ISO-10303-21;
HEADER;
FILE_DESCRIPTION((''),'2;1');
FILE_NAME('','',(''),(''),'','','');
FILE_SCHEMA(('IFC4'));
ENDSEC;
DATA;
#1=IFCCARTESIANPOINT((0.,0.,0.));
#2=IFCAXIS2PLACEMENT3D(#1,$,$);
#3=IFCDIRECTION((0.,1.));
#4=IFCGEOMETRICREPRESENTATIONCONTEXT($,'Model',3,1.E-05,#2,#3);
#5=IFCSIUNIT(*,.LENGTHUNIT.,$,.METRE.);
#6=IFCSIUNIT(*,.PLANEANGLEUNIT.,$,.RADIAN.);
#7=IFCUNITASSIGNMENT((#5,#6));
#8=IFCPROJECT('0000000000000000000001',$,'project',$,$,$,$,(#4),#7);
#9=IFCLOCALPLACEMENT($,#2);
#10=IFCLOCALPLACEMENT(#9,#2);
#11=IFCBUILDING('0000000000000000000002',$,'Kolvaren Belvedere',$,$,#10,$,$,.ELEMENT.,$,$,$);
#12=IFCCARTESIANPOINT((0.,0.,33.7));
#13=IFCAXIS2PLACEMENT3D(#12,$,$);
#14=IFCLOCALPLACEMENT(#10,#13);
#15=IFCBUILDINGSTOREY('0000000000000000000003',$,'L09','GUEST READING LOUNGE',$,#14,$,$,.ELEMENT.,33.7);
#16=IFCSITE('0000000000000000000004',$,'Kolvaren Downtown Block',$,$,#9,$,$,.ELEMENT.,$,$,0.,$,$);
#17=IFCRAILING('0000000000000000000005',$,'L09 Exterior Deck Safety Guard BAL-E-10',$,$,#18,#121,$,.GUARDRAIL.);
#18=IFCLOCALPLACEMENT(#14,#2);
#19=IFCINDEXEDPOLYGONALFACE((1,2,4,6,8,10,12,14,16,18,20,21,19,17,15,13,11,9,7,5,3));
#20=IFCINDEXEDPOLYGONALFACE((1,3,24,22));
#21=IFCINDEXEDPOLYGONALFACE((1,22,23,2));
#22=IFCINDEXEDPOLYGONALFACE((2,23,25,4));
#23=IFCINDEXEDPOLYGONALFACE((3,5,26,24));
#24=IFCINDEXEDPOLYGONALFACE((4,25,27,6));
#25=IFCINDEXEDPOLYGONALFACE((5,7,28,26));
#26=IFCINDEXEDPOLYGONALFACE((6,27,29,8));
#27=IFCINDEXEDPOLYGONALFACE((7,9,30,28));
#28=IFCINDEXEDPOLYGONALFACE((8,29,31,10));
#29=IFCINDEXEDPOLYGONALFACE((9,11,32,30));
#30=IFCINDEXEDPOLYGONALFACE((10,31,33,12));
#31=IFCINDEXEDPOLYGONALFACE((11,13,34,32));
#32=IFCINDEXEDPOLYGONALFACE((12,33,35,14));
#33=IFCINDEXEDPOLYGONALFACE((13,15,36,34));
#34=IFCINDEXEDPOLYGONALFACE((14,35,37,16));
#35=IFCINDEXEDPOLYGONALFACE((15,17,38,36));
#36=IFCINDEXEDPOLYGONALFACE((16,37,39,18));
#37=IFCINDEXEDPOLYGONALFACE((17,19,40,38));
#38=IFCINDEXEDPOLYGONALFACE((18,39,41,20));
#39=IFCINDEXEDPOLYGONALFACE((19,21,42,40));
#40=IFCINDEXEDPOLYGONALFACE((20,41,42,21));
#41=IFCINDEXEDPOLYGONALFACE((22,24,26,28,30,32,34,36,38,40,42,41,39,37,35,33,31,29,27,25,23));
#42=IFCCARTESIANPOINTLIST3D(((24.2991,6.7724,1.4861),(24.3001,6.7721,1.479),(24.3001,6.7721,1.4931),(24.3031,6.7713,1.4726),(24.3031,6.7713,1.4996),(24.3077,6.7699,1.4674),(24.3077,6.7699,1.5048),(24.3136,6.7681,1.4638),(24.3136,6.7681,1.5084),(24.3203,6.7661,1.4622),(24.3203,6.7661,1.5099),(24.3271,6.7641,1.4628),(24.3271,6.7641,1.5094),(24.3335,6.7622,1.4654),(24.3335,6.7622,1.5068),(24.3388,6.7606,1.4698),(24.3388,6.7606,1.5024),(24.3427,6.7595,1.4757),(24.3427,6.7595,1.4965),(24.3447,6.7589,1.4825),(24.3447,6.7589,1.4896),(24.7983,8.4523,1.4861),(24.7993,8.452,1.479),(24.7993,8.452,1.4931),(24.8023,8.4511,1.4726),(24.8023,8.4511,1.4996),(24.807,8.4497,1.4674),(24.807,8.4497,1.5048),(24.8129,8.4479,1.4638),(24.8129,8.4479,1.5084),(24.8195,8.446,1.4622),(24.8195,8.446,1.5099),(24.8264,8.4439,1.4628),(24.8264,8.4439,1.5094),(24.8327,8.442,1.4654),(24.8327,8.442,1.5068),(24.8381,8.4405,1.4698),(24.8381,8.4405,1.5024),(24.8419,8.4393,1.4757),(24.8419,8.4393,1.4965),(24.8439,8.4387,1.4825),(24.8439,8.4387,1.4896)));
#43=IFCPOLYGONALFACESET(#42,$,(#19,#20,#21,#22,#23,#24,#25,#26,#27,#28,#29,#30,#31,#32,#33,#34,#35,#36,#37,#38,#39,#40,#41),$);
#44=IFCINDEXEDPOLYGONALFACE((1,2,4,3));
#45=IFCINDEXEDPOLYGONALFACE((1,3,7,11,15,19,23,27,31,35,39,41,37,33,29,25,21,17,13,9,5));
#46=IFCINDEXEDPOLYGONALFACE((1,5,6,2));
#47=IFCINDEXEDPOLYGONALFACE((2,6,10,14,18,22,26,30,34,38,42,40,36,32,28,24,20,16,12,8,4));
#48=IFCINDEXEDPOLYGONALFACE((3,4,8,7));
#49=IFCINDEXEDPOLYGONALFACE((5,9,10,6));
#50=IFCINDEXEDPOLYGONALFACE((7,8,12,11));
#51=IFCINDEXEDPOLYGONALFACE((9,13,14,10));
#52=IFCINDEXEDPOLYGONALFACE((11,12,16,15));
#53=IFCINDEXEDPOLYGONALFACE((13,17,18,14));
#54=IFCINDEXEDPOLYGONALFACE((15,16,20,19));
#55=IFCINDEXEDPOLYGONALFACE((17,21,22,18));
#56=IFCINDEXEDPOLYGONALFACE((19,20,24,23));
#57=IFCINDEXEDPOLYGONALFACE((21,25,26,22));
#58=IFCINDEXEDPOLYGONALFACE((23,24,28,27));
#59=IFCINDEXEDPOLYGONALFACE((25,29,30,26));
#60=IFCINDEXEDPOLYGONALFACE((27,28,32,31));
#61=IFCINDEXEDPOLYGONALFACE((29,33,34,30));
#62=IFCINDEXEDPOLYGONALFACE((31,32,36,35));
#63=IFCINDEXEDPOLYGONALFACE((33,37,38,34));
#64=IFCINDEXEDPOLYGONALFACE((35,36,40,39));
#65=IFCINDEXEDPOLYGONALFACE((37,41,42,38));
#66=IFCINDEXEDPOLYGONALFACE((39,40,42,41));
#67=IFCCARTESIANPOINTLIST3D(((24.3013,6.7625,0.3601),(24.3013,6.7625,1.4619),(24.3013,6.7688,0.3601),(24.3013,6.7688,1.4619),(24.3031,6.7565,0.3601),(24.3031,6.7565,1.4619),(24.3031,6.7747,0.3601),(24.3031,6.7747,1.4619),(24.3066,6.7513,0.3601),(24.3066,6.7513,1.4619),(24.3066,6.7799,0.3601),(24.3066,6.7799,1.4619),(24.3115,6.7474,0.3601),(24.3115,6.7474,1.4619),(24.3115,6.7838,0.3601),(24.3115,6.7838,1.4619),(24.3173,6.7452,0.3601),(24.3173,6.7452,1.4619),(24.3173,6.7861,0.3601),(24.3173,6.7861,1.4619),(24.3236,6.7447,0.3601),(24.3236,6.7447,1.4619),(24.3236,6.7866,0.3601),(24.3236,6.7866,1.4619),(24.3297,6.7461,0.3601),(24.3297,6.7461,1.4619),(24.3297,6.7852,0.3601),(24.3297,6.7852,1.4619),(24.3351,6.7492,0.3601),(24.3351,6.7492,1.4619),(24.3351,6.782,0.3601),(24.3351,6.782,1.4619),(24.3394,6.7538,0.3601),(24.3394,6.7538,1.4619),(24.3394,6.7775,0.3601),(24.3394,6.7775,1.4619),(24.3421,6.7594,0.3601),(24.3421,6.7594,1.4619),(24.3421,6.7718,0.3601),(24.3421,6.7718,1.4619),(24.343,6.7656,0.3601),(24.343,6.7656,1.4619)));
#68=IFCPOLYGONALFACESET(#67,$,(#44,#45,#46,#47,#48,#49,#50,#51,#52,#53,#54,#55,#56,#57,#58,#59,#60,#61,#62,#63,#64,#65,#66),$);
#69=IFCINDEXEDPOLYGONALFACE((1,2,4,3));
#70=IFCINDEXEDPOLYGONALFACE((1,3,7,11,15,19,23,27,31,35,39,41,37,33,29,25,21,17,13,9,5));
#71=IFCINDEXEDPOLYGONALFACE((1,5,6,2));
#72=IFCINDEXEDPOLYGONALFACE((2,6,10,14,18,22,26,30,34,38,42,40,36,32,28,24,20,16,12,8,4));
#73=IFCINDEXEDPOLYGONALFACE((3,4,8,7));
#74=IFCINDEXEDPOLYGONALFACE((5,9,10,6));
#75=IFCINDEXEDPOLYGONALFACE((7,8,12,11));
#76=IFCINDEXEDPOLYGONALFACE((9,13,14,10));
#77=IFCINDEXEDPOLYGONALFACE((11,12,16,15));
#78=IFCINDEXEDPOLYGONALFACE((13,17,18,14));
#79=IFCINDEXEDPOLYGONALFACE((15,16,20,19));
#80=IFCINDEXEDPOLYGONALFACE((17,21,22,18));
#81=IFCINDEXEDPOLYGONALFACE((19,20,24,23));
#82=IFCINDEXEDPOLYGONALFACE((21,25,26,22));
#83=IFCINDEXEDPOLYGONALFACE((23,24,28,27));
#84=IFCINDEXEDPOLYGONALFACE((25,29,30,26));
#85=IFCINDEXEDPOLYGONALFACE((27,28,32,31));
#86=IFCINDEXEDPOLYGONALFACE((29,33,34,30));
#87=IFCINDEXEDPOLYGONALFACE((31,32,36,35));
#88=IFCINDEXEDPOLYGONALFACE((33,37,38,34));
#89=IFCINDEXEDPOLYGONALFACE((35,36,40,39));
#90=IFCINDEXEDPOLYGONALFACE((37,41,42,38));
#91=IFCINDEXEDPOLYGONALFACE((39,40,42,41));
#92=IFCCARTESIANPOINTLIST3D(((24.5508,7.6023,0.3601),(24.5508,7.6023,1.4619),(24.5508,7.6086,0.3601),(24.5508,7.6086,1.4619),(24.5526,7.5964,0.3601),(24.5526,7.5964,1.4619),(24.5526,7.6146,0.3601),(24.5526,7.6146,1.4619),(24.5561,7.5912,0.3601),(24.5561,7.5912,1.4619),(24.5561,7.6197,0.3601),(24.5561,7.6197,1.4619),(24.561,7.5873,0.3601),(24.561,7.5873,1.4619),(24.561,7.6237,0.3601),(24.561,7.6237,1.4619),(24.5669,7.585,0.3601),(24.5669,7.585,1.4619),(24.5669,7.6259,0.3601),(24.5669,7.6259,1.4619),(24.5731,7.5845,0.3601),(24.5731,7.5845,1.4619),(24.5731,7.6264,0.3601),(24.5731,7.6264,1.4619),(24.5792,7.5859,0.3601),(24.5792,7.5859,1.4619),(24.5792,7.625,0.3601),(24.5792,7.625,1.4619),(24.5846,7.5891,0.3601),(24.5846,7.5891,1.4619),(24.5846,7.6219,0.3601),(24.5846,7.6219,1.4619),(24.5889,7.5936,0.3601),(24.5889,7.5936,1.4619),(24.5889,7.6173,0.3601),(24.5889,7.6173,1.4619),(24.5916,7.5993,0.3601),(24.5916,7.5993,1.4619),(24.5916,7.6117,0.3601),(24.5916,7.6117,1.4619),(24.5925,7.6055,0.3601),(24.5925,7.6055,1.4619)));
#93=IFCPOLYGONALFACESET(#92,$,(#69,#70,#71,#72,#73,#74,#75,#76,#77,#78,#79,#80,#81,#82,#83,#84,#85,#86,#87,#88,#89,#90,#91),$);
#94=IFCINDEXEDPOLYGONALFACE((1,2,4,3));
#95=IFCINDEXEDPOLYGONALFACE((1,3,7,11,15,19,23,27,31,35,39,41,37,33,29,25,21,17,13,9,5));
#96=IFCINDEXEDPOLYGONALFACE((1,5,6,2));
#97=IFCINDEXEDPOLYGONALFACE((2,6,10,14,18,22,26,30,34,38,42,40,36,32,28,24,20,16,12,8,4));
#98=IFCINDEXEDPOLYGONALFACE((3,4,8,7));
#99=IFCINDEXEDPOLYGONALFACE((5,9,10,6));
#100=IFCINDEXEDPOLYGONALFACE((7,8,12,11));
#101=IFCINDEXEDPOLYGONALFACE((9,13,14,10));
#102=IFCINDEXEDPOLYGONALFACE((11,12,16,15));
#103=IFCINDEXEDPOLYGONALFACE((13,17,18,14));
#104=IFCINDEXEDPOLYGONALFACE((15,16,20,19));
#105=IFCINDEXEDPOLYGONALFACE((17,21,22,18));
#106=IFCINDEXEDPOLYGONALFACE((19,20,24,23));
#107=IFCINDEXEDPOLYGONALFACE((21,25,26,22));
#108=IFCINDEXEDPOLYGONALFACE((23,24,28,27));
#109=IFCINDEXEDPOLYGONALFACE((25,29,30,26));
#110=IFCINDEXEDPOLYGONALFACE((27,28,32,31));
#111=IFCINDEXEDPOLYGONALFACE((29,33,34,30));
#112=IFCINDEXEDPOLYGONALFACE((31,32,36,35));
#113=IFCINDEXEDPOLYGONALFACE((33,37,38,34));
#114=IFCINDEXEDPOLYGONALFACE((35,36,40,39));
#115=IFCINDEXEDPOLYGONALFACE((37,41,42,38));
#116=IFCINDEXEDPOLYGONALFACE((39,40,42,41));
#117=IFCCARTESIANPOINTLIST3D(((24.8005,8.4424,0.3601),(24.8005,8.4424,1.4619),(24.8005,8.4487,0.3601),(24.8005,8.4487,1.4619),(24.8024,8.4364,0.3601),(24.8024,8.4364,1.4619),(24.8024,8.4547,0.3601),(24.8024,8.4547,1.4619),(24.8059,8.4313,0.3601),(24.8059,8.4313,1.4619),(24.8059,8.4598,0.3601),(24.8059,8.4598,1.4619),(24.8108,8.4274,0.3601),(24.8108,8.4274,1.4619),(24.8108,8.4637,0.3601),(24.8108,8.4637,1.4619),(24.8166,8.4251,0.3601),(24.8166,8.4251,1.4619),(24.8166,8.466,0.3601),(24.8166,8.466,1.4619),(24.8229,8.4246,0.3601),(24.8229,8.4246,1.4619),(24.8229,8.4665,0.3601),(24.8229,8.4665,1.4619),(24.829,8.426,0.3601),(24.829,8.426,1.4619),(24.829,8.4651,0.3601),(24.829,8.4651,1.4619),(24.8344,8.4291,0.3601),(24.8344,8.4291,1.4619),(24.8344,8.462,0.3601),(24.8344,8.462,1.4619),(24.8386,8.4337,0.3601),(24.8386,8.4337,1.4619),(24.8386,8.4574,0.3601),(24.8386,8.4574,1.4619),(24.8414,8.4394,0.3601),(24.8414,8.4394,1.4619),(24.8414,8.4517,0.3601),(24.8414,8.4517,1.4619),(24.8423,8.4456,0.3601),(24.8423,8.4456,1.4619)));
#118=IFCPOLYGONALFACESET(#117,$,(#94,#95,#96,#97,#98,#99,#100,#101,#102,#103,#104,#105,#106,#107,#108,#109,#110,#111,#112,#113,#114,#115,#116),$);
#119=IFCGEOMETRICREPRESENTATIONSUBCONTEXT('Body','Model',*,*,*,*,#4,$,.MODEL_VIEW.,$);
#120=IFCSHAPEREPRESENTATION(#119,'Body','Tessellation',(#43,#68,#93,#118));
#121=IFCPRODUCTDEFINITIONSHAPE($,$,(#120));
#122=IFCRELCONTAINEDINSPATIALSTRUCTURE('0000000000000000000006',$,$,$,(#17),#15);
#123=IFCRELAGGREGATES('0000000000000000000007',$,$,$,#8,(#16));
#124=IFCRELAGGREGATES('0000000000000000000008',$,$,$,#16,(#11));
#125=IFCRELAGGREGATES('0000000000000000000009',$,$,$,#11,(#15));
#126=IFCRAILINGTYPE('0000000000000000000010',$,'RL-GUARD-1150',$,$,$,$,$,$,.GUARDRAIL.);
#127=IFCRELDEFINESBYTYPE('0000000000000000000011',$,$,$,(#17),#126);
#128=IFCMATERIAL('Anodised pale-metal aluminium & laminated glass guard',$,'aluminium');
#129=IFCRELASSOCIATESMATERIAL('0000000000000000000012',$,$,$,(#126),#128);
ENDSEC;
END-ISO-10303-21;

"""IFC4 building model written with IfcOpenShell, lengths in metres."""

from ifc_helpers import new_model, si_unit, direction, frame, origin, origin_2d, place, context, subcontext, project, spatial, circle, extrude, material, type_object, element, save


model = new_model("IFC4")

# Units and contexts
model_context = context("Model", 3, precision=1e-05, world=origin(), true_north=direction((0.0, 1.0)))
body_context = subcontext(model_context, "Body", "Model", "MODEL_VIEW")
ifc_project = project(units=[si_unit("LENGTHUNIT", "METRE"), si_unit("PLANEANGLEUNIT", "RADIAN")], contexts=[model_context])

# Site, building, storey
site_placement = place(None, origin())
site = spatial("IfcSite", under=ifc_project, at=site_placement, Name="Kolvaren Downtown Block", CompositionType="ELEMENT", RefElevation=0.0)
building_placement = place(site_placement, origin())
building = spatial("IfcBuilding", under=site, at=building_placement, Name="Kolvaren Belvedere", CompositionType="ELEMENT")
storey_placement = place(building_placement, frame((0.0, 0.0, 33.7)))
storey = spatial("IfcBuildingStorey", under=building, at=storey_placement, Name="L09", Description="GUEST READING LOUNGE", CompositionType="ELEMENT", Elevation=33.7)

# Railing
ifc_material_1 = material(Name="Anodised pale-metal aluminium & laminated glass guard", Category="aluminium")
railing_type = type_object("IfcRailingType", Name="RL-GUARD-1150", PredefinedType="GUARDRAIL", material=ifc_material_1)
railing_1_placement = place(storey_placement, frame((24.322, 6.7656, 0.3601)))
element("IfcRailing", 1, at=railing_1_placement, inside=storey, type_object=railing_type, Name="L09 Exterior Deck Safety Guard BAL-E-10", PredefinedType="GUARDRAIL", context=body_context, shape_type="SweptSolid", body=[
    extrude(circle(Radius=0.0239, at=origin_2d()), frame((0.0, 0.0, 1.126), z_axis=(0.28488, 0.958563, 0.0), x_axis=(-0.958563, 0.28488, 0.0)), (0.0, 0.0, 1.0), 1.7524),
    extrude(circle(Radius=0.021, at=origin_2d()), origin(), (0.0, 0.0, 1.0), 1.1018),
    extrude(circle(Radius=0.021, at=origin_2d()), frame((0.2495, 0.8398, 0.0)), (0.0, 0.0, 1.0), 1.1018),
    extrude(circle(Radius=0.021, at=origin_2d()), frame((0.4993, 1.6799, 0.0)), (0.0, 0.0, 1.0), 1.1018),
])

save(model, "model.ifc")
